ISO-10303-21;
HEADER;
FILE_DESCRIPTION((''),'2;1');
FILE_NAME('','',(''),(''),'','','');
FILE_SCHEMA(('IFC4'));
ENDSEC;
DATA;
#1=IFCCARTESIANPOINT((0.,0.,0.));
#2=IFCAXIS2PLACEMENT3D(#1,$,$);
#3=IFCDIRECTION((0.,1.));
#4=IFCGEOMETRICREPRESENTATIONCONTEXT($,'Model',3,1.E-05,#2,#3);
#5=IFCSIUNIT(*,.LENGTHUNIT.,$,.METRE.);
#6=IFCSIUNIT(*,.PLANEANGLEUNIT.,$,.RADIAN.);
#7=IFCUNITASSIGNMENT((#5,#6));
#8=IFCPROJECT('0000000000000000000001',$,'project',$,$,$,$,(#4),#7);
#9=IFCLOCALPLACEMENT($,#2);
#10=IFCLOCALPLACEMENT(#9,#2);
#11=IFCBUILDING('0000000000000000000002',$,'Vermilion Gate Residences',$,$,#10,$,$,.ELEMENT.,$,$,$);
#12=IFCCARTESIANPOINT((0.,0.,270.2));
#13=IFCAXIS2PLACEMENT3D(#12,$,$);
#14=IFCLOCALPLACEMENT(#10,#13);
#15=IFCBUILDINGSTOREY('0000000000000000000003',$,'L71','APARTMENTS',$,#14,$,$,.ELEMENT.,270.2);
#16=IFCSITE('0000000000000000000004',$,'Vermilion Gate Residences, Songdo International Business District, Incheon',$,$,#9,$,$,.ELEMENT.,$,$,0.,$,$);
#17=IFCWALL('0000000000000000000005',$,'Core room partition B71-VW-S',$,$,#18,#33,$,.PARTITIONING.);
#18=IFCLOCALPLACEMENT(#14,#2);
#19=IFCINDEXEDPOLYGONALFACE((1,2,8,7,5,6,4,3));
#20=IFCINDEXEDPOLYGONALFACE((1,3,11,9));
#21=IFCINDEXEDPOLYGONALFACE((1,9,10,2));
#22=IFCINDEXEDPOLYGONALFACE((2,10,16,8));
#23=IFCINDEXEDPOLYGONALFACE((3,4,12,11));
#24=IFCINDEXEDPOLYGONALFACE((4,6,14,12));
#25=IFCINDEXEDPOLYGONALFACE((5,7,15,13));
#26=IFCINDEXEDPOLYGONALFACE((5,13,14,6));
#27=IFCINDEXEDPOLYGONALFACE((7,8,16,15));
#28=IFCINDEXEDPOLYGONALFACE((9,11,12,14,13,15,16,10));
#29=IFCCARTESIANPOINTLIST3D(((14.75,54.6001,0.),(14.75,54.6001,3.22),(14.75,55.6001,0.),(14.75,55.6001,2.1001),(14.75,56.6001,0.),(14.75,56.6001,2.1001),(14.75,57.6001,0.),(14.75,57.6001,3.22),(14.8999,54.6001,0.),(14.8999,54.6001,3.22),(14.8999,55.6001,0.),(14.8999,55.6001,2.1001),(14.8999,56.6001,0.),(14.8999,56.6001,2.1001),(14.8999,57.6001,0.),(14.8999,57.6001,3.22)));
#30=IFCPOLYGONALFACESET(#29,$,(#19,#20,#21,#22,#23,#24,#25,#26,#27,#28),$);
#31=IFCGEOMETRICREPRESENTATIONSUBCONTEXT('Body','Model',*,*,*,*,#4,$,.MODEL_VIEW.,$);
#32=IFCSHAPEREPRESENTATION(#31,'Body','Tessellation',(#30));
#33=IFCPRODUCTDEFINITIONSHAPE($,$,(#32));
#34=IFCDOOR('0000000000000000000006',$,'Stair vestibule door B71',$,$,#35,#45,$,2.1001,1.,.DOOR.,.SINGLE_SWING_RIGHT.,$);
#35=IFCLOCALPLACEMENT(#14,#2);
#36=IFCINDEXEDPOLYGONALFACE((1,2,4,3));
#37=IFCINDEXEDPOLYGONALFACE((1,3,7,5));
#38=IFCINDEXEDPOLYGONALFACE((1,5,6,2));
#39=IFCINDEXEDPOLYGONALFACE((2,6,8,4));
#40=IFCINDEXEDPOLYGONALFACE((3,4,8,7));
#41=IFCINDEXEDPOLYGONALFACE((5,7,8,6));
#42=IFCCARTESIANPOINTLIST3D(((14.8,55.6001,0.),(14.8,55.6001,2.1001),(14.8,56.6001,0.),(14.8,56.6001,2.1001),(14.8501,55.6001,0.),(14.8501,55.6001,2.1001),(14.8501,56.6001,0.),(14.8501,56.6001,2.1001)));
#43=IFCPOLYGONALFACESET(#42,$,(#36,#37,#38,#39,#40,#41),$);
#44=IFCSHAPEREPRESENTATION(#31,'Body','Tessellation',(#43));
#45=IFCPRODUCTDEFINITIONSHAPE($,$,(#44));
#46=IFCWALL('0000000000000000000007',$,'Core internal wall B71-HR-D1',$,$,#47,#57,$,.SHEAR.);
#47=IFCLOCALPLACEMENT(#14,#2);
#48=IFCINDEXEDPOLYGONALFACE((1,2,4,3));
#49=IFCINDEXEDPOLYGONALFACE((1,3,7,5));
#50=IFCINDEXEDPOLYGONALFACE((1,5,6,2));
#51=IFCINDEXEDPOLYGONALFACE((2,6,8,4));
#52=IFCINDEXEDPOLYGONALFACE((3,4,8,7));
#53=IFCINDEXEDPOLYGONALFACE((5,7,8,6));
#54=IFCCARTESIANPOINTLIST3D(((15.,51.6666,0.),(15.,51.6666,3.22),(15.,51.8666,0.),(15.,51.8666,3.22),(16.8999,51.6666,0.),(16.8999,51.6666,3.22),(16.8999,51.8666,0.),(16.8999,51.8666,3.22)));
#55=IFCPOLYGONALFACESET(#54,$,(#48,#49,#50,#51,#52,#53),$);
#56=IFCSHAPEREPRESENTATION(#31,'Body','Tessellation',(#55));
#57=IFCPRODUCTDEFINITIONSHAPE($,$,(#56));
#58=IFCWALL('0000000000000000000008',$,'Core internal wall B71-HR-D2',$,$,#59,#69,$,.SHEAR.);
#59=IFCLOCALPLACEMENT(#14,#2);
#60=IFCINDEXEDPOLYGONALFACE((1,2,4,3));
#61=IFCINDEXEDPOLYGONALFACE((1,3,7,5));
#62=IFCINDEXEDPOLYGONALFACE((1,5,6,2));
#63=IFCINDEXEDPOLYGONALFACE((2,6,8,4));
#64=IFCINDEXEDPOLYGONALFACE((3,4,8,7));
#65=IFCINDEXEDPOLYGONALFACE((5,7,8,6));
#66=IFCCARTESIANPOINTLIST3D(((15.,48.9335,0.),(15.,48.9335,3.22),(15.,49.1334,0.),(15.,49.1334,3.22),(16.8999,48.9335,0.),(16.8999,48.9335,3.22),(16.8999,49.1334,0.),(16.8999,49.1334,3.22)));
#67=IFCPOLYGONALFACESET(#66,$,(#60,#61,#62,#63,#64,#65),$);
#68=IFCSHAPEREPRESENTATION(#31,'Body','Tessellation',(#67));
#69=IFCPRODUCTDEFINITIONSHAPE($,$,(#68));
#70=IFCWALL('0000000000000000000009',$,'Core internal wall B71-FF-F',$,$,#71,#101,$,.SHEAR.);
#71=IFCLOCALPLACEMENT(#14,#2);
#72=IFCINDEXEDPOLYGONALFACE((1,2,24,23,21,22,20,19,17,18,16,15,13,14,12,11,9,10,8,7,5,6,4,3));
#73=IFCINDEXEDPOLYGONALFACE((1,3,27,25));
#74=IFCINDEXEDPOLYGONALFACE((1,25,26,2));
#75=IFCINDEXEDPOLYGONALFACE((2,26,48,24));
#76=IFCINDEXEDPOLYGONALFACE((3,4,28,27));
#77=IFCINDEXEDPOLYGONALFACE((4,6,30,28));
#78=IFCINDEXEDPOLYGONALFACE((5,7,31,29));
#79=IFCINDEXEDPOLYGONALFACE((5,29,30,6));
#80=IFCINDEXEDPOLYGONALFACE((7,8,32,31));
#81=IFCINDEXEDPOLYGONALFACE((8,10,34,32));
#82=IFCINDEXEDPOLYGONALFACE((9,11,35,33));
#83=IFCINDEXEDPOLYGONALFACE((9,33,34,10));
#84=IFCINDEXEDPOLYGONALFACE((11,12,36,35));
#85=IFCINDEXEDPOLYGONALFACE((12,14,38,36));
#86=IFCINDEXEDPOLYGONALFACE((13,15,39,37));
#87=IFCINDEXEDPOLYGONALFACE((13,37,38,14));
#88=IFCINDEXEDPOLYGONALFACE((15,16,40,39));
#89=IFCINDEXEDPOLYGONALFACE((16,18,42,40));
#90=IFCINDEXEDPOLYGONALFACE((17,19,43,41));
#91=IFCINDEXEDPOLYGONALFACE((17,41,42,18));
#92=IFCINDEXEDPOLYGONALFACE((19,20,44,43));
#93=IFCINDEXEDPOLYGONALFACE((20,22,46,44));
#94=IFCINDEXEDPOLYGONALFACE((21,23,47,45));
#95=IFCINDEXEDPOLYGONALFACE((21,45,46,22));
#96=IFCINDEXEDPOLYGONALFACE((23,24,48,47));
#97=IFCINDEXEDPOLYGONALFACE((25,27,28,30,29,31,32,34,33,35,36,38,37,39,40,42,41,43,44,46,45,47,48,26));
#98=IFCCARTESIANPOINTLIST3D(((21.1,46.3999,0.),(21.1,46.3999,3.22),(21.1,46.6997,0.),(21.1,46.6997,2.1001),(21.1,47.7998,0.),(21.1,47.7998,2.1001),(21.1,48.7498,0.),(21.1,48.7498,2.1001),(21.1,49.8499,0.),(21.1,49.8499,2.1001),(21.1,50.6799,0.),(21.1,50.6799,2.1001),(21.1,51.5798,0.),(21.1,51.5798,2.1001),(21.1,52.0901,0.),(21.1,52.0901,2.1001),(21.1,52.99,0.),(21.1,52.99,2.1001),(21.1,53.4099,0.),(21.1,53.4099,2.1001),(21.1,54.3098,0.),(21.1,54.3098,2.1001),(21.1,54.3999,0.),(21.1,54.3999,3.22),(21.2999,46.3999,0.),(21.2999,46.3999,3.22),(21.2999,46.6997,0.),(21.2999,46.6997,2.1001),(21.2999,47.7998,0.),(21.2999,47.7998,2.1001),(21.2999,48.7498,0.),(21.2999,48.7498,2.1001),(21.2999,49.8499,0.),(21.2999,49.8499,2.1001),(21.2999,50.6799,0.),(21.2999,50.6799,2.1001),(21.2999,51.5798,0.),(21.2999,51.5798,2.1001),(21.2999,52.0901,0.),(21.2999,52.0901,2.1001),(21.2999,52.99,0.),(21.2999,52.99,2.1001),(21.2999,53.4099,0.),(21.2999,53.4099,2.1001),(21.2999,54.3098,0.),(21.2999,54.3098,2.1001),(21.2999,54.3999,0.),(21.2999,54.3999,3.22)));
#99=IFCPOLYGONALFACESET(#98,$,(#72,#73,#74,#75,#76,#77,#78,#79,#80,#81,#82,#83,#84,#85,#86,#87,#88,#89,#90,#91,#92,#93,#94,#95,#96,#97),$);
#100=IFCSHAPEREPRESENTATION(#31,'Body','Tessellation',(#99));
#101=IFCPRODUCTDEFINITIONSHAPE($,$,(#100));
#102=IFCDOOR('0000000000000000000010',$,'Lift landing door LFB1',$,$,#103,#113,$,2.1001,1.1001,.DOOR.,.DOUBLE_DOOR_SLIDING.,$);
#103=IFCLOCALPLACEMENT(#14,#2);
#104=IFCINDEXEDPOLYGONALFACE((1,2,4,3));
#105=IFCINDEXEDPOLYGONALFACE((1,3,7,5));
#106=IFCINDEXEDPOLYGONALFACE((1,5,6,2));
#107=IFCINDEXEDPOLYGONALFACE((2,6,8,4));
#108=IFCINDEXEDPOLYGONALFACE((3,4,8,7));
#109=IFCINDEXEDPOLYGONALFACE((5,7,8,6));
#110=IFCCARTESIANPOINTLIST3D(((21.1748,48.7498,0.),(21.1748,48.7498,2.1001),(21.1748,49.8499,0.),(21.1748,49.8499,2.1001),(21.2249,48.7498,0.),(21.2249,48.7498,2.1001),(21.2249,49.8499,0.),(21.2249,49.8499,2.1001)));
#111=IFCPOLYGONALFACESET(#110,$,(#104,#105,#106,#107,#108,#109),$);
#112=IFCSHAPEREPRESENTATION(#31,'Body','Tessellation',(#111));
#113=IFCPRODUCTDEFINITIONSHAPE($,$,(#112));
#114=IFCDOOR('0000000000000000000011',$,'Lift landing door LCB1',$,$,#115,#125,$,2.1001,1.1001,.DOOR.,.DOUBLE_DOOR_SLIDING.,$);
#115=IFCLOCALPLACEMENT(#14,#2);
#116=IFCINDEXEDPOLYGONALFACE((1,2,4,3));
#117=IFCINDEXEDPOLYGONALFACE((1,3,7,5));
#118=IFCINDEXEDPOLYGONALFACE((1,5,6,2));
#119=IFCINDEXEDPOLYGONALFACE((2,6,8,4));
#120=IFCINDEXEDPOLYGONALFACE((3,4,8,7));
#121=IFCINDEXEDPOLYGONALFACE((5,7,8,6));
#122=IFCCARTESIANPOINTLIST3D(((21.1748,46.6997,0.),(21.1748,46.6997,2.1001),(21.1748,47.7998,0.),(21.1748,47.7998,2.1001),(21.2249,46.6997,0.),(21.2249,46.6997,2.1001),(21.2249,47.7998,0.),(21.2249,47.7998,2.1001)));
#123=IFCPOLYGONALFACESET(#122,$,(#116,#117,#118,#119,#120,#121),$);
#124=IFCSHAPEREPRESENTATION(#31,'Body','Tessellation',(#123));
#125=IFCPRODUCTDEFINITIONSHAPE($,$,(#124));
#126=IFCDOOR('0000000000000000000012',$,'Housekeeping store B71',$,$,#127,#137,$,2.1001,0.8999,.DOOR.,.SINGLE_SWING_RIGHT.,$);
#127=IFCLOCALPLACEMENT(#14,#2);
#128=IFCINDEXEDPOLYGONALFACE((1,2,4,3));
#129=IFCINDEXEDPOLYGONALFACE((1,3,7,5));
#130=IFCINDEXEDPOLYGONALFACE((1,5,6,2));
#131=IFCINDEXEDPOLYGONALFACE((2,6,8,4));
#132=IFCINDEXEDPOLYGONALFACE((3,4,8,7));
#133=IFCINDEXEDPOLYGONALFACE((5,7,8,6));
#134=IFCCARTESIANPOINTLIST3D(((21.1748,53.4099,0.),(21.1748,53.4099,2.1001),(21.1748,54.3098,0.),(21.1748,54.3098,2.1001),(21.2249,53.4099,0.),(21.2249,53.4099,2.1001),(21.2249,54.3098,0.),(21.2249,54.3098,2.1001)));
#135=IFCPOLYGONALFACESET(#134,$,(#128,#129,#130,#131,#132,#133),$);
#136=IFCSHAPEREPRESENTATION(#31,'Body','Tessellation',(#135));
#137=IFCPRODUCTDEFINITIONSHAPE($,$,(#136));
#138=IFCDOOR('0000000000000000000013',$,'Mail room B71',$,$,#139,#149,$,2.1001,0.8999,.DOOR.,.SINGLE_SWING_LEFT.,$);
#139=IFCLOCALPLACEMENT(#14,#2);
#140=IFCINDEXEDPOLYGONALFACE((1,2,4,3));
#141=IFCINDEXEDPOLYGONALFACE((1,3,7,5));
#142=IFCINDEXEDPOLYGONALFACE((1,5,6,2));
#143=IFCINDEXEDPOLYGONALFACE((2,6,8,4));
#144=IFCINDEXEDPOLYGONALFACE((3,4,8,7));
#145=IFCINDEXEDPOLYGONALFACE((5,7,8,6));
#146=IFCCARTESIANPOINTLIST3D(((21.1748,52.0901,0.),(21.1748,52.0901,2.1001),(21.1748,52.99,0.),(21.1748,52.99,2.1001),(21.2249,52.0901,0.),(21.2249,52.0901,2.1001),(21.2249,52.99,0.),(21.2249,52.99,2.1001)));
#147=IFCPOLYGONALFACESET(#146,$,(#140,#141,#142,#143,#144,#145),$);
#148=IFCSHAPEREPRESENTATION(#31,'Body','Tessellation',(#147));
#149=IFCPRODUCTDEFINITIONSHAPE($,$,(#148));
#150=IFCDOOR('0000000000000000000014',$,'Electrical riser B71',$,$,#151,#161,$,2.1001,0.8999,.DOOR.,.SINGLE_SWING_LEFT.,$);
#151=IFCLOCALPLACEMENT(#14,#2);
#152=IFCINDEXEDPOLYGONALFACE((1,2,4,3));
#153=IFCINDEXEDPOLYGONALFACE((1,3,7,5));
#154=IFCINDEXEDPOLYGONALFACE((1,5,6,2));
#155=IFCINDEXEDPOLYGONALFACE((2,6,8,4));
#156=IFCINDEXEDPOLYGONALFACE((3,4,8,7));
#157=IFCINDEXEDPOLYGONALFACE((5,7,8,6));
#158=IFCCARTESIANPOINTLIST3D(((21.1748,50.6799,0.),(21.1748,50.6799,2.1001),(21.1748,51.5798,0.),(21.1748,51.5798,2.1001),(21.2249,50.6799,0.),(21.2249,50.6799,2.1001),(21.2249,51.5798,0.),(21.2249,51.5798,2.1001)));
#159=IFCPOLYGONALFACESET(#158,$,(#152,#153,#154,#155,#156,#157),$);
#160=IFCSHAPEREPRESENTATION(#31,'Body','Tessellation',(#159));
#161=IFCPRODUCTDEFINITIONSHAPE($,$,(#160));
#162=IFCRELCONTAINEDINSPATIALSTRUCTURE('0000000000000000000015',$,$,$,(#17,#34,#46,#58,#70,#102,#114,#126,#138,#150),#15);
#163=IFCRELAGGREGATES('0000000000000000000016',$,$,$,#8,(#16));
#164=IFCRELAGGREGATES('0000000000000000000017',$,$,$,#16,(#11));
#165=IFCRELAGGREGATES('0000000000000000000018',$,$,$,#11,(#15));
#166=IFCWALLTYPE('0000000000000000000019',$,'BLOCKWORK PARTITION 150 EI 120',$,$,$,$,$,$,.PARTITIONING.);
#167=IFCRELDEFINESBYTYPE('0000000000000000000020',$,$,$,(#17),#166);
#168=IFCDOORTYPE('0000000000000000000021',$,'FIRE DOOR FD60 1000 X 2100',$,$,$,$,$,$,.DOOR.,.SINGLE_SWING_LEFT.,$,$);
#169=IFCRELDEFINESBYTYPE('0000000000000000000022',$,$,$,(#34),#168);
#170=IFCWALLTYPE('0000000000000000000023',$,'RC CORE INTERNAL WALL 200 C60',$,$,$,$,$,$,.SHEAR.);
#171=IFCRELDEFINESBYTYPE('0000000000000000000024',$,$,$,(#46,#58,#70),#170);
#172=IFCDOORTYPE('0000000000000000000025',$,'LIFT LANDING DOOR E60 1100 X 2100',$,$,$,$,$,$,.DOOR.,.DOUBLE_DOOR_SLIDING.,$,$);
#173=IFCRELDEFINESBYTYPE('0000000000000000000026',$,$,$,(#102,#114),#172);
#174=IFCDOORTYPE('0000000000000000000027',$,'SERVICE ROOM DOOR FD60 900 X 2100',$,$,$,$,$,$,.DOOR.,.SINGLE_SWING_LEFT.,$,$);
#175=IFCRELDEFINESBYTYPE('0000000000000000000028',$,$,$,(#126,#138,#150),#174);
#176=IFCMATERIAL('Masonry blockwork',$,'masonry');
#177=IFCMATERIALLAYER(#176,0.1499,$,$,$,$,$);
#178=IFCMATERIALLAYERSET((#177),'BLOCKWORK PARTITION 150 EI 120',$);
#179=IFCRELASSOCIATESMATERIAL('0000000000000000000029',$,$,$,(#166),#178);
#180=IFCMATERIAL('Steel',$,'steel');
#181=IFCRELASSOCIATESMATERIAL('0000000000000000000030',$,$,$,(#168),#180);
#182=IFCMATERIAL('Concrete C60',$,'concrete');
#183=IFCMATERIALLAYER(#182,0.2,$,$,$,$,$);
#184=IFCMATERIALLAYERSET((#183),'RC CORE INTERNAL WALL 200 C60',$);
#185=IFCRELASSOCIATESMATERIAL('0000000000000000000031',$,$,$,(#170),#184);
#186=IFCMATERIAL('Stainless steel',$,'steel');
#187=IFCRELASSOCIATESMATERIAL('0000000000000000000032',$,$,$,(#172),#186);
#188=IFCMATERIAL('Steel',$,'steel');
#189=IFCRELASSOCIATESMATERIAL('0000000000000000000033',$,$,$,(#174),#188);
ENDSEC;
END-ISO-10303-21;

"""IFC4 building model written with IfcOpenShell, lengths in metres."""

from ifc_helpers import new_model, si_unit, direction, frame, frame_2d, origin, place, context, subcontext, project, spatial, rectangle, extrude, material, layer, layer_set, type_object, element, fill, save


model = new_model("IFC4")

# Units and contexts
model_context = context("Model", 3, precision=1e-05, world=origin(), true_north=direction((0.0, 1.0)))
body_context = subcontext(model_context, "Body", "Model", "MODEL_VIEW")
ifc_project = project(units=[si_unit("LENGTHUNIT", "METRE"), si_unit("PLANEANGLEUNIT", "RADIAN")], contexts=[model_context])

# Site, building, storey
site_placement = place(None, origin())
site = spatial("IfcSite", under=ifc_project, at=site_placement, Name="Vermilion Gate Residences, Songdo International Business District, Incheon", CompositionType="ELEMENT", RefElevation=0.0)
building_placement = place(site_placement, origin())
building = spatial("IfcBuilding", under=site, at=building_placement, Name="Vermilion Gate Residences", CompositionType="ELEMENT")
storey_placement = place(building_placement, frame((0.0, 0.0, 270.2)))
storey = spatial("IfcBuildingStorey", under=building, at=storey_placement, Name="L71", Description="APARTMENTS", CompositionType="ELEMENT", Elevation=270.2)

# Wall, opening, door
ifc_material_1 = material(Name="Masonry blockwork", Category="masonry")
ifc_layer_1 = layer(ifc_material_1, 0.1499)
ifc_layer_set_1 = layer_set([ifc_layer_1], Name="BLOCKWORK PARTITION 150 EI 120")
wall_type_1 = type_object("IfcWallType", Name="BLOCKWORK PARTITION 150 EI 120", PredefinedType="PARTITIONING", material=ifc_layer_set_1)
wall_1_placement = place(storey_placement, frame((14.825, 57.6001, 0.0), z_axis=(0.0, 0.0, 1.0), x_axis=(0.0, -1.0, 0.0)))
wall_1 = element("IfcWall", 1, at=wall_1_placement, inside=storey, type_object=wall_type_1, Name="Core room partition B71-VW-S", PredefinedType="PARTITIONING", context=body_context, shape_type="SweptSolid", body=[
    extrude(rectangle(XDim=3.0, YDim=0.1499, at=frame_2d((1.5, 0.0))), origin(), (0.0, 0.0, 1.0), 3.22),
])
opening_1_placement = place(wall_1_placement, frame((1.0, 0.0, 0.0)))
opening_1 = element("IfcOpeningElement", 2, at=opening_1_placement, cuts=wall_1, PredefinedType="OPENING", context=body_context, shape_type="SweptSolid", body=[
    extrude(rectangle(XDim=1.0, YDim=2.1001, at=frame_2d((0.5, 1.05))), frame((0.0, 0.085, 0.0), z_axis=(0.0, -1.0, 0.0), x_axis=(1.0, 0.0, 0.0)), (0.0, 0.0, 1.0), 0.1699),
])
ifc_material_2 = material(Name="Steel", Category="steel")
door_type_1 = type_object("IfcDoorType", Name="FIRE DOOR FD60 1000 X 2100", OperationType="SINGLE_SWING_LEFT", PredefinedType="DOOR", material=ifc_material_2)
door_1_placement = place(opening_1_placement, frame((1.0, 0.0, 0.0), z_axis=(0.0, 0.0, 1.0), x_axis=(-1.0, 0.0, 0.0)))
door_1 = element("IfcDoor", 3, at=door_1_placement, inside=storey, type_object=door_type_1, Name="Stair vestibule door B71", OperationType="SINGLE_SWING_RIGHT", OverallHeight=2.1001, OverallWidth=1.0, PredefinedType="DOOR", context=body_context, shape_type="SweptSolid", body=[
    extrude(rectangle(XDim=1.0, YDim=2.1001, at=frame_2d((0.5, 1.05))), frame((0.0, 0.0249, 0.0), z_axis=(0.0, -1.0, 0.0), x_axis=(1.0, 0.0, 0.0)), (0.0, 0.0, 1.0), 0.05),
])
fill(opening_1, door_1)

# Walls
ifc_material_3 = material(Name="Concrete C60", Category="concrete")
ifc_layer_2 = layer(ifc_material_3, 0.2)
ifc_layer_set_2 = layer_set([ifc_layer_2], Name="RC CORE INTERNAL WALL 200 C60")
wall_type_2 = type_object("IfcWallType", Name="RC CORE INTERNAL WALL 200 C60", PredefinedType="SHEAR", material=ifc_layer_set_2)
for number, where, z_axis, x_axis, name in (
    (4, (15.0, 51.7666, 0.0), (0.0, 0.0, 1.0), (1.0, 0.0, 0.0), "Core internal wall B71-HR-D1"),
    (5, (15.0, 49.0334, 0.0), (0.0, 0.0, 1.0), (1.0, 0.0, 0.0), "Core internal wall B71-HR-D2"),
):
    element("IfcWall", number, at=place(storey_placement, frame(where, z_axis=z_axis, x_axis=x_axis)), inside=storey, type_object=wall_type_2, Name=name, PredefinedType="SHEAR", context=body_context, shape_type="SweptSolid", body=[
        extrude(rectangle(XDim=1.8999, YDim=0.2, at=frame_2d((0.95, 0.0))), origin(), (0.0, 0.0, 1.0), 3.22),
    ])

# Wall, openings, doors
wall_2_placement = place(storey_placement, frame((21.2, 54.3999, 0.0), z_axis=(0.0, 0.0, 1.0), x_axis=(0.0, -1.0, 0.0)))
wall_2 = element("IfcWall", 6, at=wall_2_placement, inside=storey, type_object=wall_type_2, Name="Core internal wall B71-FF-F", PredefinedType="SHEAR", context=body_context, shape_type="SweptSolid", body=[
    extrude(rectangle(XDim=8.0, YDim=0.2, at=frame_2d((4.0, 0.0))), origin(), (0.0, 0.0, 1.0), 3.22),
])
opening_2_placement = place(wall_2_placement, frame((0.0901, 0.0, 0.0)))
opening_2 = element("IfcOpeningElement", 7, at=opening_2_placement, cuts=wall_2, PredefinedType="OPENING", context=body_context, shape_type="SweptSolid", body=[
    extrude(rectangle(XDim=0.8999, YDim=2.1001, at=frame_2d((0.45, 1.05))), frame((0.0, 0.1099, 0.0), z_axis=(0.0, -1.0, 0.0), x_axis=(1.0, 0.0, 0.0)), (0.0, 0.0, 1.0), 0.22),
])
opening_3_placement = place(wall_2_placement, frame((1.4099, 0.0, 0.0)))
opening_3 = element("IfcOpeningElement", 8, at=opening_3_placement, cuts=wall_2, PredefinedType="OPENING", context=body_context, shape_type="SweptSolid", body=[
    extrude(rectangle(XDim=0.8999, YDim=2.1001, at=frame_2d((0.45, 1.05))), frame((0.0, 0.1099, 0.0), z_axis=(0.0, -1.0, 0.0), x_axis=(1.0, 0.0, 0.0)), (0.0, 0.0, 1.0), 0.22),
])
opening_4_placement = place(wall_2_placement, frame((2.8201, 0.0, 0.0)))
opening_4 = element("IfcOpeningElement", 9, at=opening_4_placement, cuts=wall_2, PredefinedType="OPENING", context=body_context, shape_type="SweptSolid", body=[
    extrude(rectangle(XDim=0.8999, YDim=2.1001, at=frame_2d((0.45, 1.05))), frame((0.0, 0.1099, 0.0), z_axis=(0.0, -1.0, 0.0), x_axis=(1.0, 0.0, 0.0)), (0.0, 0.0, 1.0), 0.22),
])
opening_5_placement = place(wall_2_placement, frame((4.55, 0.0, 0.0)))
opening_5 = element("IfcOpeningElement", 10, at=opening_5_placement, cuts=wall_2, PredefinedType="OPENING", context=body_context, shape_type="SweptSolid", body=[
    extrude(rectangle(XDim=1.1001, YDim=2.1001, at=frame_2d((0.55, 1.05))), frame((0.0, 0.1099, 0.0), z_axis=(0.0, -1.0, 0.0), x_axis=(1.0, 0.0, 0.0)), (0.0, 0.0, 1.0), 0.22),
])
opening_6_placement = place(wall_2_placement, frame((6.6001, 0.0, 0.0)))
opening_6 = element("IfcOpeningElement", 11, at=opening_6_placement, cuts=wall_2, PredefinedType="OPENING", context=body_context, shape_type="SweptSolid", body=[
    extrude(rectangle(XDim=1.1001, YDim=2.1001, at=frame_2d((0.55, 1.05))), frame((0.0, 0.1099, 0.0), z_axis=(0.0, -1.0, 0.0), x_axis=(1.0, 0.0, 0.0)), (0.0, 0.0, 1.0), 0.22),
])
ifc_material_4 = material(Name="Stainless steel", Category="steel")
door_type_2 = type_object("IfcDoorType", Name="LIFT LANDING DOOR E60 1100 X 2100", OperationType="DOUBLE_DOOR_SLIDING", PredefinedType="DOOR", material=ifc_material_4)
door_2_placement = place(opening_5_placement, origin())
door_2 = element("IfcDoor", 12, at=door_2_placement, inside=storey, type_object=door_type_2, Name="Lift landing door LFB1", OperationType="DOUBLE_DOOR_SLIDING", OverallHeight=2.1001, OverallWidth=1.1001, PredefinedType="DOOR", context=body_context, shape_type="SweptSolid", body=[
    extrude(rectangle(XDim=1.1001, YDim=2.1001, at=frame_2d((0.55, 1.05))), frame((0.0, 0.0249, 0.0), z_axis=(0.0, -1.0, 0.0), x_axis=(1.0, 0.0, 0.0)), (0.0, 0.0, 1.0), 0.05),
])
fill(opening_5, door_2)
door_3_placement = place(opening_6_placement, origin())
door_3 = element("IfcDoor", 13, at=door_3_placement, inside=storey, type_object=door_type_2, Name="Lift landing door LCB1", OperationType="DOUBLE_DOOR_SLIDING", OverallHeight=2.1001, OverallWidth=1.1001, PredefinedType="DOOR", context=body_context, shape_type="SweptSolid", body=[
    extrude(rectangle(XDim=1.1001, YDim=2.1001, at=frame_2d((0.55, 1.05))), frame((0.0, 0.0249, 0.0), z_axis=(0.0, -1.0, 0.0), x_axis=(1.0, 0.0, 0.0)), (0.0, 0.0, 1.0), 0.05),
])
fill(opening_6, door_3)
ifc_material_5 = material(Name="Steel", Category="steel")
door_type_3 = type_object("IfcDoorType", Name="SERVICE ROOM DOOR FD60 900 X 2100", OperationType="SINGLE_SWING_LEFT", PredefinedType="DOOR", material=ifc_material_5)
door_4_placement = place(opening_2_placement, origin())
door_4 = element("IfcDoor", 14, at=door_4_placement, inside=storey, type_object=door_type_3, Name="Housekeeping store B71", OperationType="SINGLE_SWING_RIGHT", OverallHeight=2.1001, OverallWidth=0.8999, PredefinedType="DOOR", context=body_context, shape_type="SweptSolid", body=[
    extrude(rectangle(XDim=0.8999, YDim=2.1001, at=frame_2d((0.45, 1.05))), frame((0.0, 0.0249, 0.0), z_axis=(0.0, -1.0, 0.0), x_axis=(1.0, 0.0, 0.0)), (0.0, 0.0, 1.0), 0.05),
])
fill(opening_2, door_4)
door_5_placement = place(opening_3_placement, origin())
door_5 = element("IfcDoor", 15, at=door_5_placement, inside=storey, type_object=door_type_3, Name="Mail room B71", OperationType="SINGLE_SWING_LEFT", OverallHeight=2.1001, OverallWidth=0.8999, PredefinedType="DOOR", context=body_context, shape_type="SweptSolid", body=[
    extrude(rectangle(XDim=0.8999, YDim=2.1001, at=frame_2d((0.45, 1.05))), frame((0.0, 0.0249, 0.0), z_axis=(0.0, -1.0, 0.0), x_axis=(1.0, 0.0, 0.0)), (0.0, 0.0, 1.0), 0.05),
])
fill(opening_3, door_5)
door_6_placement = place(opening_4_placement, origin())
door_6 = element("IfcDoor", 16, at=door_6_placement, inside=storey, type_object=door_type_3, Name="Electrical riser B71", OperationType="SINGLE_SWING_LEFT", OverallHeight=2.1001, OverallWidth=0.8999, PredefinedType="DOOR", context=body_context, shape_type="SweptSolid", body=[
    extrude(rectangle(XDim=0.8999, YDim=2.1001, at=frame_2d((0.45, 1.05))), frame((0.0, 0.0249, 0.0), z_axis=(0.0, -1.0, 0.0), x_axis=(1.0, 0.0, 0.0)), (0.0, 0.0, 1.0), 0.05),
])
fill(opening_4, door_6)

save(model, "model.ifc")
